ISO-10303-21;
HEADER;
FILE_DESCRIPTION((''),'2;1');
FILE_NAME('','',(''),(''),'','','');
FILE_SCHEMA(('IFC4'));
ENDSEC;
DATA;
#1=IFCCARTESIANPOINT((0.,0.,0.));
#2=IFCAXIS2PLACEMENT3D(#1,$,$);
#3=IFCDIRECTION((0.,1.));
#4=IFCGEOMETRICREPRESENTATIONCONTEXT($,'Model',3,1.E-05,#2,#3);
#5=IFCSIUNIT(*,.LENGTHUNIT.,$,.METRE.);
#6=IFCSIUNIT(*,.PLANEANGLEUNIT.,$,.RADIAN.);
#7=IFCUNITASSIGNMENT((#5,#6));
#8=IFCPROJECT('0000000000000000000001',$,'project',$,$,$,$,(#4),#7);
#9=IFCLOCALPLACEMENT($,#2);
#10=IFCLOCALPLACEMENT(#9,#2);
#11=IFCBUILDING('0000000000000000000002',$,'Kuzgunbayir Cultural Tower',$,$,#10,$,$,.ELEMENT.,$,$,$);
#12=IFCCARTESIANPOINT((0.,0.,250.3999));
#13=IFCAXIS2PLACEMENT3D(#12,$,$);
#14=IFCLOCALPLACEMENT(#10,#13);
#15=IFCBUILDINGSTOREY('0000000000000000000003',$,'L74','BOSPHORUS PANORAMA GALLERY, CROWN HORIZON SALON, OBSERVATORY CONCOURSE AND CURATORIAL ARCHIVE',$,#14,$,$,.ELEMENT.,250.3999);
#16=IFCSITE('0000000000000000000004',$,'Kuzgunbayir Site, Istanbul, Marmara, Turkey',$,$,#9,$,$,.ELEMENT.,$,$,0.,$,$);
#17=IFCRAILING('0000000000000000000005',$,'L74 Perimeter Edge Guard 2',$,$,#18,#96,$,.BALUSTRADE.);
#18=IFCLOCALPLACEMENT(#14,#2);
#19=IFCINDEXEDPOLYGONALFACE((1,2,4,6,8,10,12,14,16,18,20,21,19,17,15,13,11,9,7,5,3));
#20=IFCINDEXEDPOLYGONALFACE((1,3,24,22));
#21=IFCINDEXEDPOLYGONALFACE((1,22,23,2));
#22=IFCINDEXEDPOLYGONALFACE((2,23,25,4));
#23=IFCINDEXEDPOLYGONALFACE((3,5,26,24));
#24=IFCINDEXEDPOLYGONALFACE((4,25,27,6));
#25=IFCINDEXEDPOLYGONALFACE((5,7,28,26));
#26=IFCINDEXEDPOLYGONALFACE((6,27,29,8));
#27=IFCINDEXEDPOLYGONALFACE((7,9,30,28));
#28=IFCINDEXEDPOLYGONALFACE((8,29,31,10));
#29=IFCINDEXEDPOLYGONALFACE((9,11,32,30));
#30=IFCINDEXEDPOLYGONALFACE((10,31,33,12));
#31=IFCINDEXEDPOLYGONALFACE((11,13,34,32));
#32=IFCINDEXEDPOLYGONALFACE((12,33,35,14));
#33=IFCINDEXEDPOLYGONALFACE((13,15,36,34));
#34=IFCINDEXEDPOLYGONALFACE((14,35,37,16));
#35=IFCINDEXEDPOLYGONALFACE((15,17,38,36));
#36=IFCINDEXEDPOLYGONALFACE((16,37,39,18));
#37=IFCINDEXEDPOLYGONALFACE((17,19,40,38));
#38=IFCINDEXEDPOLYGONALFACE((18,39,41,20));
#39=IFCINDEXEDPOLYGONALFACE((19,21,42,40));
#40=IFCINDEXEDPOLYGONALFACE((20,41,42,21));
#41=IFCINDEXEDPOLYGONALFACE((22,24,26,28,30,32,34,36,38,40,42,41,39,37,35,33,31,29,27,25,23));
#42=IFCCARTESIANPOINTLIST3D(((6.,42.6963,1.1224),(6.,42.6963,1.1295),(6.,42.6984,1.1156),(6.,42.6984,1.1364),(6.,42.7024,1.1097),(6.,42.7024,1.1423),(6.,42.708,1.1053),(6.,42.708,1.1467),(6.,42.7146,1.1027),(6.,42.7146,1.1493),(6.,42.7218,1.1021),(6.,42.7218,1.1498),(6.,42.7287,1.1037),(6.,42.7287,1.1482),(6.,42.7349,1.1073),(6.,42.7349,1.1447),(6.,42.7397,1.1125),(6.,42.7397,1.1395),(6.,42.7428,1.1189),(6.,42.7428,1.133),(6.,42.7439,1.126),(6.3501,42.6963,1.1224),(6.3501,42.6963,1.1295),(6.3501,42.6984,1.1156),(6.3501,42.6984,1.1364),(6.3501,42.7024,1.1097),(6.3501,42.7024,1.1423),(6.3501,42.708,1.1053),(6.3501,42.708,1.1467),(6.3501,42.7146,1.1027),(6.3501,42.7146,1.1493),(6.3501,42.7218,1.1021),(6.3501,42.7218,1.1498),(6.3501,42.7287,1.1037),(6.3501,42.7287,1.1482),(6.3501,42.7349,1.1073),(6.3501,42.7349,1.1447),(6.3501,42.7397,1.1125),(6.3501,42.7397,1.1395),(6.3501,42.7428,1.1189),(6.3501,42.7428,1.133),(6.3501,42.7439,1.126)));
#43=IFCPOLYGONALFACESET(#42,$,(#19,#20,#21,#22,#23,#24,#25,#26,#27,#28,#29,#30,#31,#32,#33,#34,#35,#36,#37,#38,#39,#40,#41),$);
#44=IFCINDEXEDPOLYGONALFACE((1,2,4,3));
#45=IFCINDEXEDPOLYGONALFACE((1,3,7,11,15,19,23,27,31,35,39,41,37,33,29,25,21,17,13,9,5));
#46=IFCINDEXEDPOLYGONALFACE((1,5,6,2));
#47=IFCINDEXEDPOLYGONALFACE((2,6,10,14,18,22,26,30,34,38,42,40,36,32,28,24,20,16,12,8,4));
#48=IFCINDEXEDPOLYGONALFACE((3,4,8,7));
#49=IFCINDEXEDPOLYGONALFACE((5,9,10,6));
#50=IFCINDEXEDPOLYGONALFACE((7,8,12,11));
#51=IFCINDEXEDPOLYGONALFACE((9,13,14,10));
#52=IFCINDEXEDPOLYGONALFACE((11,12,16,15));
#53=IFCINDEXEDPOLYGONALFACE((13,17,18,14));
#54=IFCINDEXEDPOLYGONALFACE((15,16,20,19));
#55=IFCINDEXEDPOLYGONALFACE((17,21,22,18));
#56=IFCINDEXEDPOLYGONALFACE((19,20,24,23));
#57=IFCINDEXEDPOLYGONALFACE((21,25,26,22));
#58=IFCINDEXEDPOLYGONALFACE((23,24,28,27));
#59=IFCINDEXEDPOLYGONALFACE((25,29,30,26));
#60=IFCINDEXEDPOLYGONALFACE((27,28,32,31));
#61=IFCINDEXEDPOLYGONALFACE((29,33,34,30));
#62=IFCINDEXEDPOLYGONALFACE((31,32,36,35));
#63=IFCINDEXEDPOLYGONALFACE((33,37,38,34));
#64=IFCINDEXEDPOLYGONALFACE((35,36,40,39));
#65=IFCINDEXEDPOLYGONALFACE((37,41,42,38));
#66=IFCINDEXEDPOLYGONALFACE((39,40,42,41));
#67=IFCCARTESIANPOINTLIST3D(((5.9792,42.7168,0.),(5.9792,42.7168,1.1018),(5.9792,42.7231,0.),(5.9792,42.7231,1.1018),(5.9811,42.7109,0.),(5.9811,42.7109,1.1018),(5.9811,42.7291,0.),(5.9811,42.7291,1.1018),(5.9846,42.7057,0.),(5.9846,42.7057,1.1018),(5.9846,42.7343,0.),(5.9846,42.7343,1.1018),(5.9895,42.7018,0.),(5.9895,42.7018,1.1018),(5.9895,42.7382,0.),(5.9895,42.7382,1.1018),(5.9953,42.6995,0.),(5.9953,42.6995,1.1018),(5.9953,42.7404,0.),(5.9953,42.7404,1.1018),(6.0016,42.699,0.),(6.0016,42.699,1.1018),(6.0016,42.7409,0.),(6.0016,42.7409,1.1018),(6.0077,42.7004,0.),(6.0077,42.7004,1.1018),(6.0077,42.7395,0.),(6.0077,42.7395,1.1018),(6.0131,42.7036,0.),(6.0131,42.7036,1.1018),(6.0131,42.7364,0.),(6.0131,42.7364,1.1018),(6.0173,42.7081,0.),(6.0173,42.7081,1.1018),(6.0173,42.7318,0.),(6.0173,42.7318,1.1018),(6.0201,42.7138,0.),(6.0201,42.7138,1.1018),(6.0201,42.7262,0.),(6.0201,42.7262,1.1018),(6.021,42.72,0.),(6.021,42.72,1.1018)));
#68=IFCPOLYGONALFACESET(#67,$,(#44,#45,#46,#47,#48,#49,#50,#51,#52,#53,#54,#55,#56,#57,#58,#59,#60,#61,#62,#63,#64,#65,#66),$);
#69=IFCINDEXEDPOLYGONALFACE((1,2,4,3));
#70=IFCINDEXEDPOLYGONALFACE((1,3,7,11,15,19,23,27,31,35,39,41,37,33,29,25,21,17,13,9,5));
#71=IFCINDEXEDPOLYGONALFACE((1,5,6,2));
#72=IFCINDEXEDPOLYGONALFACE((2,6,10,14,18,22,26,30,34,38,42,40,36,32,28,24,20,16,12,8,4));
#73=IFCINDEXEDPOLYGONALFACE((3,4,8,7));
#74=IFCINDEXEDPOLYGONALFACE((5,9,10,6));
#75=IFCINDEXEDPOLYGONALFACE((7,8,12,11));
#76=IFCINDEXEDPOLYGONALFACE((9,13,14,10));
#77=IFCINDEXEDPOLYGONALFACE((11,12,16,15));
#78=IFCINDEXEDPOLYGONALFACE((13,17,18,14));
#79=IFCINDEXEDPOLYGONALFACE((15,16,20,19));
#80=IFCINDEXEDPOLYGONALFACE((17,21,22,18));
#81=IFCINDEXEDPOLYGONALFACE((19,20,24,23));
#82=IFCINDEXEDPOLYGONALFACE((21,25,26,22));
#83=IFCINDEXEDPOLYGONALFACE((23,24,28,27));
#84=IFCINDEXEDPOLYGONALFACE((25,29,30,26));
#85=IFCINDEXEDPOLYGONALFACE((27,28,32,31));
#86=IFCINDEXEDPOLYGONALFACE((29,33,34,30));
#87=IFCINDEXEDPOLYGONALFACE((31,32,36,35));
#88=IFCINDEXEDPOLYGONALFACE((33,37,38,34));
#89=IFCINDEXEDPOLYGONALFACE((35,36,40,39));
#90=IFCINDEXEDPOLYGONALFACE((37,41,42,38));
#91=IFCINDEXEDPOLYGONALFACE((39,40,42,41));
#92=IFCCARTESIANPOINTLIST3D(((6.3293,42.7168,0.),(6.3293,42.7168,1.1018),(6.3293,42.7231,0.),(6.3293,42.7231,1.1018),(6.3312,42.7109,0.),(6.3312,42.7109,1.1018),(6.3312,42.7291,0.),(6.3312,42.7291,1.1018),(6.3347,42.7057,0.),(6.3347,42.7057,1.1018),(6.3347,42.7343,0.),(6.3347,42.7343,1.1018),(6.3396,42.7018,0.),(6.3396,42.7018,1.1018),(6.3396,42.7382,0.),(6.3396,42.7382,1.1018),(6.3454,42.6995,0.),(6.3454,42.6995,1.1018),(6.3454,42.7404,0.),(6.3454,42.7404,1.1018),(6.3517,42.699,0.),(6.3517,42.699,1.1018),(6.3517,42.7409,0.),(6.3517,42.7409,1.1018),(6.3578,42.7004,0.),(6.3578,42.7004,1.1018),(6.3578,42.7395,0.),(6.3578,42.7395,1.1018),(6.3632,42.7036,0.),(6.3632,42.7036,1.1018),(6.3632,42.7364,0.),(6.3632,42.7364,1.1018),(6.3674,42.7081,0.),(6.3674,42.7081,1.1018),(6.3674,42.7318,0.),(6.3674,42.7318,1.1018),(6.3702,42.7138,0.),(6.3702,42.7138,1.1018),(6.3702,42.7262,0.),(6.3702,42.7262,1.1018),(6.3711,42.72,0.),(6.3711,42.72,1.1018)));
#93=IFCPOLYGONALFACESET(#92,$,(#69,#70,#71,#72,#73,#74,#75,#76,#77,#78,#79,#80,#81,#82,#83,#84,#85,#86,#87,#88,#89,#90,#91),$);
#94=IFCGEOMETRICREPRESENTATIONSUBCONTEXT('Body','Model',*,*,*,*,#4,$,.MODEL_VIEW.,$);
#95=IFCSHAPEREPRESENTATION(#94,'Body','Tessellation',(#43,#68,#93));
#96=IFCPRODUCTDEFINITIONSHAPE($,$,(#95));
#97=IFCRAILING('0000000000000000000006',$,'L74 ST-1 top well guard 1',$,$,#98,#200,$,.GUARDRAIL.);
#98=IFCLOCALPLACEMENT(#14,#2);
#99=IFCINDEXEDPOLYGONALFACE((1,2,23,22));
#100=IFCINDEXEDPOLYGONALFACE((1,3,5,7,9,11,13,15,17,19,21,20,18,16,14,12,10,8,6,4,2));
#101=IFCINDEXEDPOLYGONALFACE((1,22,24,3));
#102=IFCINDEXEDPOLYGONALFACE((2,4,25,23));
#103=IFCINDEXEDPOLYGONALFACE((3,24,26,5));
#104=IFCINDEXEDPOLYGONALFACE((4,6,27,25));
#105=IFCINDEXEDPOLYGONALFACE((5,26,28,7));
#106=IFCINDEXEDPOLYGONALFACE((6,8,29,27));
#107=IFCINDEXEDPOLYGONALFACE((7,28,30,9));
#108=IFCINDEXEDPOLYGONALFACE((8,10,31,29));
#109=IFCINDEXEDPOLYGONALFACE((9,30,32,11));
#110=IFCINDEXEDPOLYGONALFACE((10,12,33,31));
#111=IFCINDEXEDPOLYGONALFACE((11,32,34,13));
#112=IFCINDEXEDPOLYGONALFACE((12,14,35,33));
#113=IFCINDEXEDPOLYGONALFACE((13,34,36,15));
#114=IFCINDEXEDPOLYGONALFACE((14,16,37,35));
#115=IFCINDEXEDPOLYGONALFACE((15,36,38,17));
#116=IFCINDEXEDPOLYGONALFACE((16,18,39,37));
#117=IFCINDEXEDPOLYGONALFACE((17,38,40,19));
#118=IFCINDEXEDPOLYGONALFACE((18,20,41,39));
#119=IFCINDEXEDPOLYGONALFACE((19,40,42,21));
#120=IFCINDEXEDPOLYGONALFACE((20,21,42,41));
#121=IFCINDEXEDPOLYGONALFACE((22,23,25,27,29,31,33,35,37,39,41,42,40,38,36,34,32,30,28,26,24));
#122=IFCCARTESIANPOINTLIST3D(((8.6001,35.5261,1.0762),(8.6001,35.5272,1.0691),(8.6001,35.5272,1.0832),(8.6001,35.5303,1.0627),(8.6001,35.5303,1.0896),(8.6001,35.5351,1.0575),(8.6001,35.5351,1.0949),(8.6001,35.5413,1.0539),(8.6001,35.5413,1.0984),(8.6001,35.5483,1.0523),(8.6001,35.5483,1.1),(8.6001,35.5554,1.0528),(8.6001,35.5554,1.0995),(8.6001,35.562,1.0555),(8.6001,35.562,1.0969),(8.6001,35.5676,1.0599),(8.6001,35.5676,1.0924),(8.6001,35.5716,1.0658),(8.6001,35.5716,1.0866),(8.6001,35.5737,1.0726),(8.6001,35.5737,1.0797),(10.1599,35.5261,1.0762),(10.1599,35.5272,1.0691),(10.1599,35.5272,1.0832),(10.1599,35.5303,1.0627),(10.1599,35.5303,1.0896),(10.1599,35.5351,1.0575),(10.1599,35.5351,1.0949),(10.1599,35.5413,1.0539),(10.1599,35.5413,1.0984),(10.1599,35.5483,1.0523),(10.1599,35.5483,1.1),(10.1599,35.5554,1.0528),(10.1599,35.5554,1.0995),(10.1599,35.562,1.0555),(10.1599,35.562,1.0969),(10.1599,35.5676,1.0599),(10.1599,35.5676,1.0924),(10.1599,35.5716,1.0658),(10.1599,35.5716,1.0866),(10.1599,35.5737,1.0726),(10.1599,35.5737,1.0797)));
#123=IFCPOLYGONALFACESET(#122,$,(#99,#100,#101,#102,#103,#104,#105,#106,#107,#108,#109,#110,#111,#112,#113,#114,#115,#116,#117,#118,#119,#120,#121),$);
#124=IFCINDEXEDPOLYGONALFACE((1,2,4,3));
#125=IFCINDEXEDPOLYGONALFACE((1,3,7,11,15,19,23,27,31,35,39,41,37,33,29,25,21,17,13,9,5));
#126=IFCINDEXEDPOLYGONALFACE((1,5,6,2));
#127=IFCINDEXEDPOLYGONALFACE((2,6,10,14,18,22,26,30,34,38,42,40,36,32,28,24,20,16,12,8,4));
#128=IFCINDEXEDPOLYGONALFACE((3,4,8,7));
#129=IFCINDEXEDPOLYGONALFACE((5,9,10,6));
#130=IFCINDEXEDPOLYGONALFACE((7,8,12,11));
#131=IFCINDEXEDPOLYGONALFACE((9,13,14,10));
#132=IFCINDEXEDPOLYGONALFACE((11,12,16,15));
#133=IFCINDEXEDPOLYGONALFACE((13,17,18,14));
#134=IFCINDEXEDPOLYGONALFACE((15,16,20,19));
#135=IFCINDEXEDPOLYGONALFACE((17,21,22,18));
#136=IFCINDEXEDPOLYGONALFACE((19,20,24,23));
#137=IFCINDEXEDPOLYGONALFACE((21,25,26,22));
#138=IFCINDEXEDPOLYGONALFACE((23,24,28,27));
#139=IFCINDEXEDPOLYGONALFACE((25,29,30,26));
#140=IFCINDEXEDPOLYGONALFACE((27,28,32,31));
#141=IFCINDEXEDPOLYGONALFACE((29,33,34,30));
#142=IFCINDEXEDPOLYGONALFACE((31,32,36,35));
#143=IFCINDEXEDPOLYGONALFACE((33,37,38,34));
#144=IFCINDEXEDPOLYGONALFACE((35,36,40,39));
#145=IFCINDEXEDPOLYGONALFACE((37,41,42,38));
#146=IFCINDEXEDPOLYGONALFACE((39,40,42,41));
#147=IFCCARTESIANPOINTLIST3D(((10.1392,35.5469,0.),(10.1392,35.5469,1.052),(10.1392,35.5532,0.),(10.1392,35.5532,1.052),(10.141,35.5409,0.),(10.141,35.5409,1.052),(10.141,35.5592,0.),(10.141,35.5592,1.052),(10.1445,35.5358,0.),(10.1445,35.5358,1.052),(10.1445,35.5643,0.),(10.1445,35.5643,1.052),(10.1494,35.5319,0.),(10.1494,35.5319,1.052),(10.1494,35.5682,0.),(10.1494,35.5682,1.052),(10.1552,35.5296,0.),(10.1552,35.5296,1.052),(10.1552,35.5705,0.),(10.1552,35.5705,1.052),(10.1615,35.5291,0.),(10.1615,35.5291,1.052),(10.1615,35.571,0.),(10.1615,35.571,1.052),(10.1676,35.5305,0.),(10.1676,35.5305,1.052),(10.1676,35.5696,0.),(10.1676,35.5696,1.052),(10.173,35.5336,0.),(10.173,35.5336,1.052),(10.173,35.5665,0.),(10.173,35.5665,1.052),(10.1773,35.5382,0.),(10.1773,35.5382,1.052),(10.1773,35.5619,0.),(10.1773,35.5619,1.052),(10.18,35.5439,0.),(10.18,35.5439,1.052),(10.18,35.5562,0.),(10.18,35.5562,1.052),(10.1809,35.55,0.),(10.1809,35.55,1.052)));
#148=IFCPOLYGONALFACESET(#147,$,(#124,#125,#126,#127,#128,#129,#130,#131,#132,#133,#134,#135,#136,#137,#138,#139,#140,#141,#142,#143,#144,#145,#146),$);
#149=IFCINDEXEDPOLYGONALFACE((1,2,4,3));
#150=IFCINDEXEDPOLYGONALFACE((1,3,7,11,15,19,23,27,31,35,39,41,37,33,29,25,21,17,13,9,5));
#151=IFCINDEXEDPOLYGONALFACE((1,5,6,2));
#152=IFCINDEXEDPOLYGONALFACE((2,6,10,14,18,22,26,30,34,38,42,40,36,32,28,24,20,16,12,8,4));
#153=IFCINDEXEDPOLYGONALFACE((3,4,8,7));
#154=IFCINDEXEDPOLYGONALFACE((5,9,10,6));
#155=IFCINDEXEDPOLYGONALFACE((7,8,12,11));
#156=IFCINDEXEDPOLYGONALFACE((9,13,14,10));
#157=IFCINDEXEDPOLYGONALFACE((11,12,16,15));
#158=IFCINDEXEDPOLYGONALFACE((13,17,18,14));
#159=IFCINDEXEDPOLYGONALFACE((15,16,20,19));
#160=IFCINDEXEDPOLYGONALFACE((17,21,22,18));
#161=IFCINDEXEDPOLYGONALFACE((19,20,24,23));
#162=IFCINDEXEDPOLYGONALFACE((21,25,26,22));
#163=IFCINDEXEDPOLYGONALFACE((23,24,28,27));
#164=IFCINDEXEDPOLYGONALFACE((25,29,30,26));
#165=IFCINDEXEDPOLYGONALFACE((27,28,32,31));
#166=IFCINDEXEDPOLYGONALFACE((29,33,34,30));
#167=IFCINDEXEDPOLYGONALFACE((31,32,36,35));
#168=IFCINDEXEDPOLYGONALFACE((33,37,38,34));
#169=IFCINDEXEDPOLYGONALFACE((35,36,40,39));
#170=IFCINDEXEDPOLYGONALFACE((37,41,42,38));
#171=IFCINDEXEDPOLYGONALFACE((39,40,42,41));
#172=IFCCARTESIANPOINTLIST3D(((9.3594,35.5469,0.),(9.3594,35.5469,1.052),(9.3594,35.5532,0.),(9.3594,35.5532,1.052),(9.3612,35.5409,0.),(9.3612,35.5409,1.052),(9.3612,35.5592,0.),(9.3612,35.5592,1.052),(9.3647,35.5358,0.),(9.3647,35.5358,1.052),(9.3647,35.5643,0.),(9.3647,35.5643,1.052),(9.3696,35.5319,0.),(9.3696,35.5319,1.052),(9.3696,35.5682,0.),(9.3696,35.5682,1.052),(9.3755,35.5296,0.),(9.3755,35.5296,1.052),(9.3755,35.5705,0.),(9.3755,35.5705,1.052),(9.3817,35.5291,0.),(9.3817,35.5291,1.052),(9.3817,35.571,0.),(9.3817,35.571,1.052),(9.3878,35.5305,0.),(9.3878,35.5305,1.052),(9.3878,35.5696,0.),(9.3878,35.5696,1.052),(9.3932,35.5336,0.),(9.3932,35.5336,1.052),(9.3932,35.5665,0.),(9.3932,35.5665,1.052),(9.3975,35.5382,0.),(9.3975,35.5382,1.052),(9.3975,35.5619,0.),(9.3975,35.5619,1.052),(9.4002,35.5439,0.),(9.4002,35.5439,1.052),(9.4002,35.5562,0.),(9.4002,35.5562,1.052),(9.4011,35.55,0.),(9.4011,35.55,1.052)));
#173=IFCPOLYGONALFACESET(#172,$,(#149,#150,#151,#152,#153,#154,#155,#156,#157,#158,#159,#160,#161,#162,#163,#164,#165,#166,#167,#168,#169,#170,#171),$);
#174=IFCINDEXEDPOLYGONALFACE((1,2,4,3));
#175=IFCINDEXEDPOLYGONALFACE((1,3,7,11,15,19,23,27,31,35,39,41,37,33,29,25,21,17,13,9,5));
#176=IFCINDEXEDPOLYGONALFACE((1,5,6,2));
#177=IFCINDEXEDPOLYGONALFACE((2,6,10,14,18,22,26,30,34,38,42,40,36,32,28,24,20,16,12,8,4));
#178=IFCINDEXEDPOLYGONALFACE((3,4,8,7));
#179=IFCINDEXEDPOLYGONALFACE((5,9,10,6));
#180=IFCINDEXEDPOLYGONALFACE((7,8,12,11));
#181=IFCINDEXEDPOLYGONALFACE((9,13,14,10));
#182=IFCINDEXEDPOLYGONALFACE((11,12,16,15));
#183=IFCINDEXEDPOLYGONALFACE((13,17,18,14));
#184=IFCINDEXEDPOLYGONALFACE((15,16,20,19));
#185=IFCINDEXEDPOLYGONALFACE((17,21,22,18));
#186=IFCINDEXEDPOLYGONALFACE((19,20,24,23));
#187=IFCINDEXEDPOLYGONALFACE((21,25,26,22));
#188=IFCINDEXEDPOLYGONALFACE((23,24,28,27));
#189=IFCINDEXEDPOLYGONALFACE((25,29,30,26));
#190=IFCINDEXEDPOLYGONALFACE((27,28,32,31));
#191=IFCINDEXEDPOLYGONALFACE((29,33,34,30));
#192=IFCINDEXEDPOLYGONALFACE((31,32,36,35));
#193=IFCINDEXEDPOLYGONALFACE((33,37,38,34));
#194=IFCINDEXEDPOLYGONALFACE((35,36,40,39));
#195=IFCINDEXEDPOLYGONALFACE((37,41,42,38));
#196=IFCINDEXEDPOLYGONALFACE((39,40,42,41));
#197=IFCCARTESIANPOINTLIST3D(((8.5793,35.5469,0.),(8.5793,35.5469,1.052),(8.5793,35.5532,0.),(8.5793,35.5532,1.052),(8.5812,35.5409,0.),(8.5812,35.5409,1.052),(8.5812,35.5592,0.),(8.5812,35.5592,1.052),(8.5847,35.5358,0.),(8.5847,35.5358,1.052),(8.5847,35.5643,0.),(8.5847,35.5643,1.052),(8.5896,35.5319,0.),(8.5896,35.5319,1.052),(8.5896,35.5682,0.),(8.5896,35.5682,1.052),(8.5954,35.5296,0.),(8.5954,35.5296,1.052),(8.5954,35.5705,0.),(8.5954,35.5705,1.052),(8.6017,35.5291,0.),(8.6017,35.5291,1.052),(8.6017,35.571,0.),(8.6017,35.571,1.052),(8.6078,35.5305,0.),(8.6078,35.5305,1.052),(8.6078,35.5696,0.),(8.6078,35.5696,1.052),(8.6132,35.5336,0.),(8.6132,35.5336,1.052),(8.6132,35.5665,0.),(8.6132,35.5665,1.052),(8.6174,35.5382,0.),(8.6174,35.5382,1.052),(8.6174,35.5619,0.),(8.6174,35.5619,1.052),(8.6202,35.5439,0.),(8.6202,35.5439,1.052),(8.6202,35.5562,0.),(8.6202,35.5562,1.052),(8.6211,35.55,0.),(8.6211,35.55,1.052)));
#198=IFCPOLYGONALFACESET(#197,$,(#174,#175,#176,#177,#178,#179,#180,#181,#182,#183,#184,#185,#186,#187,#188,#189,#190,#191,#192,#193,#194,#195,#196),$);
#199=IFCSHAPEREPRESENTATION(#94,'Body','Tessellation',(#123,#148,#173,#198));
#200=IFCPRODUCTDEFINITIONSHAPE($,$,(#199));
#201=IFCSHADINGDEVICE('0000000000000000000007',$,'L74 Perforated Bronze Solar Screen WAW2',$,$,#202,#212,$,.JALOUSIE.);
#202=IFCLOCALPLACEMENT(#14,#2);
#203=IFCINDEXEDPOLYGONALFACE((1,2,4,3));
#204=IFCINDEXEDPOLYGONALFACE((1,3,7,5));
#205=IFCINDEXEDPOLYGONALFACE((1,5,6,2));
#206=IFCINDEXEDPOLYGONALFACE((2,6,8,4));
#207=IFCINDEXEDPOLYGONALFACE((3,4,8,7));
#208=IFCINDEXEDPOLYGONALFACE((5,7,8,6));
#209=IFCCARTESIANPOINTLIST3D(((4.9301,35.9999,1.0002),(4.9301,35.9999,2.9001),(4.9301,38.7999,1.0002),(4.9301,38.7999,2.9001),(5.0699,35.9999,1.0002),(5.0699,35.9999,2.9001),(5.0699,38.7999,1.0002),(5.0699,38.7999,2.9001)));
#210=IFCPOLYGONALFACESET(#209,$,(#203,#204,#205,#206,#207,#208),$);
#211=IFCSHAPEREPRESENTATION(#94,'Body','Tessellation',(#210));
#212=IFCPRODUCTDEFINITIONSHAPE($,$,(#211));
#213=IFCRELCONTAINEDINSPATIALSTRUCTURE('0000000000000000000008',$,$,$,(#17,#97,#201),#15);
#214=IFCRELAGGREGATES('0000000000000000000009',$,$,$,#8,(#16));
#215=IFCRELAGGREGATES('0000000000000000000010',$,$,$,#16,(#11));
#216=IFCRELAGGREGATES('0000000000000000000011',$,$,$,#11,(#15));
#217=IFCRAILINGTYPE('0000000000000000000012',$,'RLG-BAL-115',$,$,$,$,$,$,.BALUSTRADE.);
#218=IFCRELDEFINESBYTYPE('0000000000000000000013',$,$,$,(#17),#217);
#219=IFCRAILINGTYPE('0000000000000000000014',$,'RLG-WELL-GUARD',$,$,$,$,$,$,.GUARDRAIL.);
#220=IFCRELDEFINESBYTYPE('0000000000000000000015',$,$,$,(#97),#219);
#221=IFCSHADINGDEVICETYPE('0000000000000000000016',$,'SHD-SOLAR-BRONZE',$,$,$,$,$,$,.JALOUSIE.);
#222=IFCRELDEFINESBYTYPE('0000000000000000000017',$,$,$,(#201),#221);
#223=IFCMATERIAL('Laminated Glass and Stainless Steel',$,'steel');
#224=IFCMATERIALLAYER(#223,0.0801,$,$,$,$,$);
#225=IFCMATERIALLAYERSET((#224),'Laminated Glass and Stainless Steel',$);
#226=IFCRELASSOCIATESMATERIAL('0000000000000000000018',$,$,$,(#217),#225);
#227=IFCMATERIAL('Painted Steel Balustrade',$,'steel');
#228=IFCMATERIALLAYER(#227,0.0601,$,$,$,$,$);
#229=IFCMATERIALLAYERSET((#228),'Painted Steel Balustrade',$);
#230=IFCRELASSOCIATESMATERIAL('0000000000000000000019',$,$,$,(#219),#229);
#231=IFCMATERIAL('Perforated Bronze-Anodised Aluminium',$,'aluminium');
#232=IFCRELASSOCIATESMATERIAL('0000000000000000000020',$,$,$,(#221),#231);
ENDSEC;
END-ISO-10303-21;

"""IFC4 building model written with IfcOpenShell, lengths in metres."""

from ifc_helpers import new_model, si_unit, direction, frame, origin, origin_2d, place, context, subcontext, project, spatial, rectangle, circle, extrude, material, layer, layer_set, type_object, element, save


model = new_model("IFC4")

# Units and contexts
model_context = context("Model", 3, precision=1e-05, world=origin(), true_north=direction((0.0, 1.0)))
body_context = subcontext(model_context, "Body", "Model", "MODEL_VIEW")
ifc_project = project(units=[si_unit("LENGTHUNIT", "METRE"), si_unit("PLANEANGLEUNIT", "RADIAN")], contexts=[model_context])

# Site, building, storey
site_placement = place(None, origin())
site = spatial("IfcSite", under=ifc_project, at=site_placement, Name="Kuzgunbayir Site, Istanbul, Marmara, Turkey", CompositionType="ELEMENT", RefElevation=0.0)
building_placement = place(site_placement, origin())
building = spatial("IfcBuilding", under=site, at=building_placement, Name="Kuzgunbayir Cultural Tower", CompositionType="ELEMENT")
storey_placement = place(building_placement, frame((0.0, 0.0, 250.3999)))
storey = spatial("IfcBuildingStorey", under=building, at=storey_placement, Name="L74", Description="BOSPHORUS PANORAMA GALLERY, CROWN HORIZON SALON, OBSERVATORY CONCOURSE AND CURATORIAL ARCHIVE", CompositionType="ELEMENT", Elevation=250.3999)

# Railings
ifc_material_1 = material(Name="Laminated Glass and Stainless Steel", Category="steel")
ifc_layer_1 = layer(ifc_material_1, 0.0801)
ifc_layer_set_1 = layer_set([ifc_layer_1], Name="Laminated Glass and Stainless Steel")
railing_type_1 = type_object("IfcRailingType", Name="RLG-BAL-115", PredefinedType="BALUSTRADE", material=ifc_layer_set_1)
railing_1_placement = place(storey_placement, frame((6.0, 42.72, 0.0)))
element("IfcRailing", 1, at=railing_1_placement, inside=storey, type_object=railing_type_1, Name="L74 Perimeter Edge Guard 2", PredefinedType="BALUSTRADE", context=body_context, shape_type="SweptSolid", body=[
    extrude(circle(Radius=0.0239, at=origin_2d()), frame((0.0, 0.0, 1.126), z_axis=(1.0, 0.0, 0.0), x_axis=(0.0, 1.0, 0.0)), (0.0, 0.0, 1.0), 0.3501),
    extrude(circle(Radius=0.021, at=origin_2d()), origin(), (0.0, 0.0, 1.0), 1.1018),
    extrude(circle(Radius=0.021, at=origin_2d()), frame((0.3501, 0.0, 0.0)), (0.0, 0.0, 1.0), 1.1018),
])
ifc_material_2 = material(Name="Painted Steel Balustrade", Category="steel")
ifc_layer_2 = layer(ifc_material_2, 0.0601)
ifc_layer_set_2 = layer_set([ifc_layer_2], Name="Painted Steel Balustrade")
railing_type_2 = type_object("IfcRailingType", Name="RLG-WELL-GUARD", PredefinedType="GUARDRAIL", material=ifc_layer_set_2)
railing_2_placement = place(storey_placement, frame((10.1599, 35.55, 0.0)))
element("IfcRailing", 2, at=railing_2_placement, inside=storey, type_object=railing_type_2, Name="L74 ST-1 top well guard 1", PredefinedType="GUARDRAIL", context=body_context, shape_type="SweptSolid", body=[
    extrude(circle(Radius=0.0239, at=origin_2d()), frame((0.0, 0.0, 1.0762), z_axis=(-1.0, 0.0, 0.0), x_axis=(0.0, -1.0, 0.0)), (0.0, 0.0, 1.0), 1.5598),
    extrude(circle(Radius=0.021, at=origin_2d()), origin(), (0.0, 0.0, 1.0), 1.052),
    extrude(circle(Radius=0.021, at=origin_2d()), frame((-0.7798, 0.0, 0.0)), (0.0, 0.0, 1.0), 1.052),
    extrude(circle(Radius=0.021, at=origin_2d()), frame((-1.5598, 0.0, 0.0)), (0.0, 0.0, 1.0), 1.052),
])

# Shading device
ifc_material_3 = material(Name="Perforated Bronze-Anodised Aluminium", Category="aluminium")
shading_device_type = type_object("IfcShadingDeviceType", Name="SHD-SOLAR-BRONZE", PredefinedType="JALOUSIE", material=ifc_material_3)
shading_device_placement = place(storey_placement, frame((5.0, 37.3999, 1.0002), z_axis=(0.0, 0.0, 1.0), x_axis=(1.0, 0.0, 0.0)))
element("IfcShadingDevice", 3, at=shading_device_placement, inside=storey, type_object=shading_device_type, Name="L74 Perforated Bronze Solar Screen WAW2", PredefinedType="JALOUSIE", context=body_context, shape_type="SweptSolid", body=[
    extrude(rectangle(XDim=0.1399, YDim=2.8, at=origin_2d()), origin(), (0.0, 0.0, 1.0), 1.8999),
])

save(model, "model.ifc")
